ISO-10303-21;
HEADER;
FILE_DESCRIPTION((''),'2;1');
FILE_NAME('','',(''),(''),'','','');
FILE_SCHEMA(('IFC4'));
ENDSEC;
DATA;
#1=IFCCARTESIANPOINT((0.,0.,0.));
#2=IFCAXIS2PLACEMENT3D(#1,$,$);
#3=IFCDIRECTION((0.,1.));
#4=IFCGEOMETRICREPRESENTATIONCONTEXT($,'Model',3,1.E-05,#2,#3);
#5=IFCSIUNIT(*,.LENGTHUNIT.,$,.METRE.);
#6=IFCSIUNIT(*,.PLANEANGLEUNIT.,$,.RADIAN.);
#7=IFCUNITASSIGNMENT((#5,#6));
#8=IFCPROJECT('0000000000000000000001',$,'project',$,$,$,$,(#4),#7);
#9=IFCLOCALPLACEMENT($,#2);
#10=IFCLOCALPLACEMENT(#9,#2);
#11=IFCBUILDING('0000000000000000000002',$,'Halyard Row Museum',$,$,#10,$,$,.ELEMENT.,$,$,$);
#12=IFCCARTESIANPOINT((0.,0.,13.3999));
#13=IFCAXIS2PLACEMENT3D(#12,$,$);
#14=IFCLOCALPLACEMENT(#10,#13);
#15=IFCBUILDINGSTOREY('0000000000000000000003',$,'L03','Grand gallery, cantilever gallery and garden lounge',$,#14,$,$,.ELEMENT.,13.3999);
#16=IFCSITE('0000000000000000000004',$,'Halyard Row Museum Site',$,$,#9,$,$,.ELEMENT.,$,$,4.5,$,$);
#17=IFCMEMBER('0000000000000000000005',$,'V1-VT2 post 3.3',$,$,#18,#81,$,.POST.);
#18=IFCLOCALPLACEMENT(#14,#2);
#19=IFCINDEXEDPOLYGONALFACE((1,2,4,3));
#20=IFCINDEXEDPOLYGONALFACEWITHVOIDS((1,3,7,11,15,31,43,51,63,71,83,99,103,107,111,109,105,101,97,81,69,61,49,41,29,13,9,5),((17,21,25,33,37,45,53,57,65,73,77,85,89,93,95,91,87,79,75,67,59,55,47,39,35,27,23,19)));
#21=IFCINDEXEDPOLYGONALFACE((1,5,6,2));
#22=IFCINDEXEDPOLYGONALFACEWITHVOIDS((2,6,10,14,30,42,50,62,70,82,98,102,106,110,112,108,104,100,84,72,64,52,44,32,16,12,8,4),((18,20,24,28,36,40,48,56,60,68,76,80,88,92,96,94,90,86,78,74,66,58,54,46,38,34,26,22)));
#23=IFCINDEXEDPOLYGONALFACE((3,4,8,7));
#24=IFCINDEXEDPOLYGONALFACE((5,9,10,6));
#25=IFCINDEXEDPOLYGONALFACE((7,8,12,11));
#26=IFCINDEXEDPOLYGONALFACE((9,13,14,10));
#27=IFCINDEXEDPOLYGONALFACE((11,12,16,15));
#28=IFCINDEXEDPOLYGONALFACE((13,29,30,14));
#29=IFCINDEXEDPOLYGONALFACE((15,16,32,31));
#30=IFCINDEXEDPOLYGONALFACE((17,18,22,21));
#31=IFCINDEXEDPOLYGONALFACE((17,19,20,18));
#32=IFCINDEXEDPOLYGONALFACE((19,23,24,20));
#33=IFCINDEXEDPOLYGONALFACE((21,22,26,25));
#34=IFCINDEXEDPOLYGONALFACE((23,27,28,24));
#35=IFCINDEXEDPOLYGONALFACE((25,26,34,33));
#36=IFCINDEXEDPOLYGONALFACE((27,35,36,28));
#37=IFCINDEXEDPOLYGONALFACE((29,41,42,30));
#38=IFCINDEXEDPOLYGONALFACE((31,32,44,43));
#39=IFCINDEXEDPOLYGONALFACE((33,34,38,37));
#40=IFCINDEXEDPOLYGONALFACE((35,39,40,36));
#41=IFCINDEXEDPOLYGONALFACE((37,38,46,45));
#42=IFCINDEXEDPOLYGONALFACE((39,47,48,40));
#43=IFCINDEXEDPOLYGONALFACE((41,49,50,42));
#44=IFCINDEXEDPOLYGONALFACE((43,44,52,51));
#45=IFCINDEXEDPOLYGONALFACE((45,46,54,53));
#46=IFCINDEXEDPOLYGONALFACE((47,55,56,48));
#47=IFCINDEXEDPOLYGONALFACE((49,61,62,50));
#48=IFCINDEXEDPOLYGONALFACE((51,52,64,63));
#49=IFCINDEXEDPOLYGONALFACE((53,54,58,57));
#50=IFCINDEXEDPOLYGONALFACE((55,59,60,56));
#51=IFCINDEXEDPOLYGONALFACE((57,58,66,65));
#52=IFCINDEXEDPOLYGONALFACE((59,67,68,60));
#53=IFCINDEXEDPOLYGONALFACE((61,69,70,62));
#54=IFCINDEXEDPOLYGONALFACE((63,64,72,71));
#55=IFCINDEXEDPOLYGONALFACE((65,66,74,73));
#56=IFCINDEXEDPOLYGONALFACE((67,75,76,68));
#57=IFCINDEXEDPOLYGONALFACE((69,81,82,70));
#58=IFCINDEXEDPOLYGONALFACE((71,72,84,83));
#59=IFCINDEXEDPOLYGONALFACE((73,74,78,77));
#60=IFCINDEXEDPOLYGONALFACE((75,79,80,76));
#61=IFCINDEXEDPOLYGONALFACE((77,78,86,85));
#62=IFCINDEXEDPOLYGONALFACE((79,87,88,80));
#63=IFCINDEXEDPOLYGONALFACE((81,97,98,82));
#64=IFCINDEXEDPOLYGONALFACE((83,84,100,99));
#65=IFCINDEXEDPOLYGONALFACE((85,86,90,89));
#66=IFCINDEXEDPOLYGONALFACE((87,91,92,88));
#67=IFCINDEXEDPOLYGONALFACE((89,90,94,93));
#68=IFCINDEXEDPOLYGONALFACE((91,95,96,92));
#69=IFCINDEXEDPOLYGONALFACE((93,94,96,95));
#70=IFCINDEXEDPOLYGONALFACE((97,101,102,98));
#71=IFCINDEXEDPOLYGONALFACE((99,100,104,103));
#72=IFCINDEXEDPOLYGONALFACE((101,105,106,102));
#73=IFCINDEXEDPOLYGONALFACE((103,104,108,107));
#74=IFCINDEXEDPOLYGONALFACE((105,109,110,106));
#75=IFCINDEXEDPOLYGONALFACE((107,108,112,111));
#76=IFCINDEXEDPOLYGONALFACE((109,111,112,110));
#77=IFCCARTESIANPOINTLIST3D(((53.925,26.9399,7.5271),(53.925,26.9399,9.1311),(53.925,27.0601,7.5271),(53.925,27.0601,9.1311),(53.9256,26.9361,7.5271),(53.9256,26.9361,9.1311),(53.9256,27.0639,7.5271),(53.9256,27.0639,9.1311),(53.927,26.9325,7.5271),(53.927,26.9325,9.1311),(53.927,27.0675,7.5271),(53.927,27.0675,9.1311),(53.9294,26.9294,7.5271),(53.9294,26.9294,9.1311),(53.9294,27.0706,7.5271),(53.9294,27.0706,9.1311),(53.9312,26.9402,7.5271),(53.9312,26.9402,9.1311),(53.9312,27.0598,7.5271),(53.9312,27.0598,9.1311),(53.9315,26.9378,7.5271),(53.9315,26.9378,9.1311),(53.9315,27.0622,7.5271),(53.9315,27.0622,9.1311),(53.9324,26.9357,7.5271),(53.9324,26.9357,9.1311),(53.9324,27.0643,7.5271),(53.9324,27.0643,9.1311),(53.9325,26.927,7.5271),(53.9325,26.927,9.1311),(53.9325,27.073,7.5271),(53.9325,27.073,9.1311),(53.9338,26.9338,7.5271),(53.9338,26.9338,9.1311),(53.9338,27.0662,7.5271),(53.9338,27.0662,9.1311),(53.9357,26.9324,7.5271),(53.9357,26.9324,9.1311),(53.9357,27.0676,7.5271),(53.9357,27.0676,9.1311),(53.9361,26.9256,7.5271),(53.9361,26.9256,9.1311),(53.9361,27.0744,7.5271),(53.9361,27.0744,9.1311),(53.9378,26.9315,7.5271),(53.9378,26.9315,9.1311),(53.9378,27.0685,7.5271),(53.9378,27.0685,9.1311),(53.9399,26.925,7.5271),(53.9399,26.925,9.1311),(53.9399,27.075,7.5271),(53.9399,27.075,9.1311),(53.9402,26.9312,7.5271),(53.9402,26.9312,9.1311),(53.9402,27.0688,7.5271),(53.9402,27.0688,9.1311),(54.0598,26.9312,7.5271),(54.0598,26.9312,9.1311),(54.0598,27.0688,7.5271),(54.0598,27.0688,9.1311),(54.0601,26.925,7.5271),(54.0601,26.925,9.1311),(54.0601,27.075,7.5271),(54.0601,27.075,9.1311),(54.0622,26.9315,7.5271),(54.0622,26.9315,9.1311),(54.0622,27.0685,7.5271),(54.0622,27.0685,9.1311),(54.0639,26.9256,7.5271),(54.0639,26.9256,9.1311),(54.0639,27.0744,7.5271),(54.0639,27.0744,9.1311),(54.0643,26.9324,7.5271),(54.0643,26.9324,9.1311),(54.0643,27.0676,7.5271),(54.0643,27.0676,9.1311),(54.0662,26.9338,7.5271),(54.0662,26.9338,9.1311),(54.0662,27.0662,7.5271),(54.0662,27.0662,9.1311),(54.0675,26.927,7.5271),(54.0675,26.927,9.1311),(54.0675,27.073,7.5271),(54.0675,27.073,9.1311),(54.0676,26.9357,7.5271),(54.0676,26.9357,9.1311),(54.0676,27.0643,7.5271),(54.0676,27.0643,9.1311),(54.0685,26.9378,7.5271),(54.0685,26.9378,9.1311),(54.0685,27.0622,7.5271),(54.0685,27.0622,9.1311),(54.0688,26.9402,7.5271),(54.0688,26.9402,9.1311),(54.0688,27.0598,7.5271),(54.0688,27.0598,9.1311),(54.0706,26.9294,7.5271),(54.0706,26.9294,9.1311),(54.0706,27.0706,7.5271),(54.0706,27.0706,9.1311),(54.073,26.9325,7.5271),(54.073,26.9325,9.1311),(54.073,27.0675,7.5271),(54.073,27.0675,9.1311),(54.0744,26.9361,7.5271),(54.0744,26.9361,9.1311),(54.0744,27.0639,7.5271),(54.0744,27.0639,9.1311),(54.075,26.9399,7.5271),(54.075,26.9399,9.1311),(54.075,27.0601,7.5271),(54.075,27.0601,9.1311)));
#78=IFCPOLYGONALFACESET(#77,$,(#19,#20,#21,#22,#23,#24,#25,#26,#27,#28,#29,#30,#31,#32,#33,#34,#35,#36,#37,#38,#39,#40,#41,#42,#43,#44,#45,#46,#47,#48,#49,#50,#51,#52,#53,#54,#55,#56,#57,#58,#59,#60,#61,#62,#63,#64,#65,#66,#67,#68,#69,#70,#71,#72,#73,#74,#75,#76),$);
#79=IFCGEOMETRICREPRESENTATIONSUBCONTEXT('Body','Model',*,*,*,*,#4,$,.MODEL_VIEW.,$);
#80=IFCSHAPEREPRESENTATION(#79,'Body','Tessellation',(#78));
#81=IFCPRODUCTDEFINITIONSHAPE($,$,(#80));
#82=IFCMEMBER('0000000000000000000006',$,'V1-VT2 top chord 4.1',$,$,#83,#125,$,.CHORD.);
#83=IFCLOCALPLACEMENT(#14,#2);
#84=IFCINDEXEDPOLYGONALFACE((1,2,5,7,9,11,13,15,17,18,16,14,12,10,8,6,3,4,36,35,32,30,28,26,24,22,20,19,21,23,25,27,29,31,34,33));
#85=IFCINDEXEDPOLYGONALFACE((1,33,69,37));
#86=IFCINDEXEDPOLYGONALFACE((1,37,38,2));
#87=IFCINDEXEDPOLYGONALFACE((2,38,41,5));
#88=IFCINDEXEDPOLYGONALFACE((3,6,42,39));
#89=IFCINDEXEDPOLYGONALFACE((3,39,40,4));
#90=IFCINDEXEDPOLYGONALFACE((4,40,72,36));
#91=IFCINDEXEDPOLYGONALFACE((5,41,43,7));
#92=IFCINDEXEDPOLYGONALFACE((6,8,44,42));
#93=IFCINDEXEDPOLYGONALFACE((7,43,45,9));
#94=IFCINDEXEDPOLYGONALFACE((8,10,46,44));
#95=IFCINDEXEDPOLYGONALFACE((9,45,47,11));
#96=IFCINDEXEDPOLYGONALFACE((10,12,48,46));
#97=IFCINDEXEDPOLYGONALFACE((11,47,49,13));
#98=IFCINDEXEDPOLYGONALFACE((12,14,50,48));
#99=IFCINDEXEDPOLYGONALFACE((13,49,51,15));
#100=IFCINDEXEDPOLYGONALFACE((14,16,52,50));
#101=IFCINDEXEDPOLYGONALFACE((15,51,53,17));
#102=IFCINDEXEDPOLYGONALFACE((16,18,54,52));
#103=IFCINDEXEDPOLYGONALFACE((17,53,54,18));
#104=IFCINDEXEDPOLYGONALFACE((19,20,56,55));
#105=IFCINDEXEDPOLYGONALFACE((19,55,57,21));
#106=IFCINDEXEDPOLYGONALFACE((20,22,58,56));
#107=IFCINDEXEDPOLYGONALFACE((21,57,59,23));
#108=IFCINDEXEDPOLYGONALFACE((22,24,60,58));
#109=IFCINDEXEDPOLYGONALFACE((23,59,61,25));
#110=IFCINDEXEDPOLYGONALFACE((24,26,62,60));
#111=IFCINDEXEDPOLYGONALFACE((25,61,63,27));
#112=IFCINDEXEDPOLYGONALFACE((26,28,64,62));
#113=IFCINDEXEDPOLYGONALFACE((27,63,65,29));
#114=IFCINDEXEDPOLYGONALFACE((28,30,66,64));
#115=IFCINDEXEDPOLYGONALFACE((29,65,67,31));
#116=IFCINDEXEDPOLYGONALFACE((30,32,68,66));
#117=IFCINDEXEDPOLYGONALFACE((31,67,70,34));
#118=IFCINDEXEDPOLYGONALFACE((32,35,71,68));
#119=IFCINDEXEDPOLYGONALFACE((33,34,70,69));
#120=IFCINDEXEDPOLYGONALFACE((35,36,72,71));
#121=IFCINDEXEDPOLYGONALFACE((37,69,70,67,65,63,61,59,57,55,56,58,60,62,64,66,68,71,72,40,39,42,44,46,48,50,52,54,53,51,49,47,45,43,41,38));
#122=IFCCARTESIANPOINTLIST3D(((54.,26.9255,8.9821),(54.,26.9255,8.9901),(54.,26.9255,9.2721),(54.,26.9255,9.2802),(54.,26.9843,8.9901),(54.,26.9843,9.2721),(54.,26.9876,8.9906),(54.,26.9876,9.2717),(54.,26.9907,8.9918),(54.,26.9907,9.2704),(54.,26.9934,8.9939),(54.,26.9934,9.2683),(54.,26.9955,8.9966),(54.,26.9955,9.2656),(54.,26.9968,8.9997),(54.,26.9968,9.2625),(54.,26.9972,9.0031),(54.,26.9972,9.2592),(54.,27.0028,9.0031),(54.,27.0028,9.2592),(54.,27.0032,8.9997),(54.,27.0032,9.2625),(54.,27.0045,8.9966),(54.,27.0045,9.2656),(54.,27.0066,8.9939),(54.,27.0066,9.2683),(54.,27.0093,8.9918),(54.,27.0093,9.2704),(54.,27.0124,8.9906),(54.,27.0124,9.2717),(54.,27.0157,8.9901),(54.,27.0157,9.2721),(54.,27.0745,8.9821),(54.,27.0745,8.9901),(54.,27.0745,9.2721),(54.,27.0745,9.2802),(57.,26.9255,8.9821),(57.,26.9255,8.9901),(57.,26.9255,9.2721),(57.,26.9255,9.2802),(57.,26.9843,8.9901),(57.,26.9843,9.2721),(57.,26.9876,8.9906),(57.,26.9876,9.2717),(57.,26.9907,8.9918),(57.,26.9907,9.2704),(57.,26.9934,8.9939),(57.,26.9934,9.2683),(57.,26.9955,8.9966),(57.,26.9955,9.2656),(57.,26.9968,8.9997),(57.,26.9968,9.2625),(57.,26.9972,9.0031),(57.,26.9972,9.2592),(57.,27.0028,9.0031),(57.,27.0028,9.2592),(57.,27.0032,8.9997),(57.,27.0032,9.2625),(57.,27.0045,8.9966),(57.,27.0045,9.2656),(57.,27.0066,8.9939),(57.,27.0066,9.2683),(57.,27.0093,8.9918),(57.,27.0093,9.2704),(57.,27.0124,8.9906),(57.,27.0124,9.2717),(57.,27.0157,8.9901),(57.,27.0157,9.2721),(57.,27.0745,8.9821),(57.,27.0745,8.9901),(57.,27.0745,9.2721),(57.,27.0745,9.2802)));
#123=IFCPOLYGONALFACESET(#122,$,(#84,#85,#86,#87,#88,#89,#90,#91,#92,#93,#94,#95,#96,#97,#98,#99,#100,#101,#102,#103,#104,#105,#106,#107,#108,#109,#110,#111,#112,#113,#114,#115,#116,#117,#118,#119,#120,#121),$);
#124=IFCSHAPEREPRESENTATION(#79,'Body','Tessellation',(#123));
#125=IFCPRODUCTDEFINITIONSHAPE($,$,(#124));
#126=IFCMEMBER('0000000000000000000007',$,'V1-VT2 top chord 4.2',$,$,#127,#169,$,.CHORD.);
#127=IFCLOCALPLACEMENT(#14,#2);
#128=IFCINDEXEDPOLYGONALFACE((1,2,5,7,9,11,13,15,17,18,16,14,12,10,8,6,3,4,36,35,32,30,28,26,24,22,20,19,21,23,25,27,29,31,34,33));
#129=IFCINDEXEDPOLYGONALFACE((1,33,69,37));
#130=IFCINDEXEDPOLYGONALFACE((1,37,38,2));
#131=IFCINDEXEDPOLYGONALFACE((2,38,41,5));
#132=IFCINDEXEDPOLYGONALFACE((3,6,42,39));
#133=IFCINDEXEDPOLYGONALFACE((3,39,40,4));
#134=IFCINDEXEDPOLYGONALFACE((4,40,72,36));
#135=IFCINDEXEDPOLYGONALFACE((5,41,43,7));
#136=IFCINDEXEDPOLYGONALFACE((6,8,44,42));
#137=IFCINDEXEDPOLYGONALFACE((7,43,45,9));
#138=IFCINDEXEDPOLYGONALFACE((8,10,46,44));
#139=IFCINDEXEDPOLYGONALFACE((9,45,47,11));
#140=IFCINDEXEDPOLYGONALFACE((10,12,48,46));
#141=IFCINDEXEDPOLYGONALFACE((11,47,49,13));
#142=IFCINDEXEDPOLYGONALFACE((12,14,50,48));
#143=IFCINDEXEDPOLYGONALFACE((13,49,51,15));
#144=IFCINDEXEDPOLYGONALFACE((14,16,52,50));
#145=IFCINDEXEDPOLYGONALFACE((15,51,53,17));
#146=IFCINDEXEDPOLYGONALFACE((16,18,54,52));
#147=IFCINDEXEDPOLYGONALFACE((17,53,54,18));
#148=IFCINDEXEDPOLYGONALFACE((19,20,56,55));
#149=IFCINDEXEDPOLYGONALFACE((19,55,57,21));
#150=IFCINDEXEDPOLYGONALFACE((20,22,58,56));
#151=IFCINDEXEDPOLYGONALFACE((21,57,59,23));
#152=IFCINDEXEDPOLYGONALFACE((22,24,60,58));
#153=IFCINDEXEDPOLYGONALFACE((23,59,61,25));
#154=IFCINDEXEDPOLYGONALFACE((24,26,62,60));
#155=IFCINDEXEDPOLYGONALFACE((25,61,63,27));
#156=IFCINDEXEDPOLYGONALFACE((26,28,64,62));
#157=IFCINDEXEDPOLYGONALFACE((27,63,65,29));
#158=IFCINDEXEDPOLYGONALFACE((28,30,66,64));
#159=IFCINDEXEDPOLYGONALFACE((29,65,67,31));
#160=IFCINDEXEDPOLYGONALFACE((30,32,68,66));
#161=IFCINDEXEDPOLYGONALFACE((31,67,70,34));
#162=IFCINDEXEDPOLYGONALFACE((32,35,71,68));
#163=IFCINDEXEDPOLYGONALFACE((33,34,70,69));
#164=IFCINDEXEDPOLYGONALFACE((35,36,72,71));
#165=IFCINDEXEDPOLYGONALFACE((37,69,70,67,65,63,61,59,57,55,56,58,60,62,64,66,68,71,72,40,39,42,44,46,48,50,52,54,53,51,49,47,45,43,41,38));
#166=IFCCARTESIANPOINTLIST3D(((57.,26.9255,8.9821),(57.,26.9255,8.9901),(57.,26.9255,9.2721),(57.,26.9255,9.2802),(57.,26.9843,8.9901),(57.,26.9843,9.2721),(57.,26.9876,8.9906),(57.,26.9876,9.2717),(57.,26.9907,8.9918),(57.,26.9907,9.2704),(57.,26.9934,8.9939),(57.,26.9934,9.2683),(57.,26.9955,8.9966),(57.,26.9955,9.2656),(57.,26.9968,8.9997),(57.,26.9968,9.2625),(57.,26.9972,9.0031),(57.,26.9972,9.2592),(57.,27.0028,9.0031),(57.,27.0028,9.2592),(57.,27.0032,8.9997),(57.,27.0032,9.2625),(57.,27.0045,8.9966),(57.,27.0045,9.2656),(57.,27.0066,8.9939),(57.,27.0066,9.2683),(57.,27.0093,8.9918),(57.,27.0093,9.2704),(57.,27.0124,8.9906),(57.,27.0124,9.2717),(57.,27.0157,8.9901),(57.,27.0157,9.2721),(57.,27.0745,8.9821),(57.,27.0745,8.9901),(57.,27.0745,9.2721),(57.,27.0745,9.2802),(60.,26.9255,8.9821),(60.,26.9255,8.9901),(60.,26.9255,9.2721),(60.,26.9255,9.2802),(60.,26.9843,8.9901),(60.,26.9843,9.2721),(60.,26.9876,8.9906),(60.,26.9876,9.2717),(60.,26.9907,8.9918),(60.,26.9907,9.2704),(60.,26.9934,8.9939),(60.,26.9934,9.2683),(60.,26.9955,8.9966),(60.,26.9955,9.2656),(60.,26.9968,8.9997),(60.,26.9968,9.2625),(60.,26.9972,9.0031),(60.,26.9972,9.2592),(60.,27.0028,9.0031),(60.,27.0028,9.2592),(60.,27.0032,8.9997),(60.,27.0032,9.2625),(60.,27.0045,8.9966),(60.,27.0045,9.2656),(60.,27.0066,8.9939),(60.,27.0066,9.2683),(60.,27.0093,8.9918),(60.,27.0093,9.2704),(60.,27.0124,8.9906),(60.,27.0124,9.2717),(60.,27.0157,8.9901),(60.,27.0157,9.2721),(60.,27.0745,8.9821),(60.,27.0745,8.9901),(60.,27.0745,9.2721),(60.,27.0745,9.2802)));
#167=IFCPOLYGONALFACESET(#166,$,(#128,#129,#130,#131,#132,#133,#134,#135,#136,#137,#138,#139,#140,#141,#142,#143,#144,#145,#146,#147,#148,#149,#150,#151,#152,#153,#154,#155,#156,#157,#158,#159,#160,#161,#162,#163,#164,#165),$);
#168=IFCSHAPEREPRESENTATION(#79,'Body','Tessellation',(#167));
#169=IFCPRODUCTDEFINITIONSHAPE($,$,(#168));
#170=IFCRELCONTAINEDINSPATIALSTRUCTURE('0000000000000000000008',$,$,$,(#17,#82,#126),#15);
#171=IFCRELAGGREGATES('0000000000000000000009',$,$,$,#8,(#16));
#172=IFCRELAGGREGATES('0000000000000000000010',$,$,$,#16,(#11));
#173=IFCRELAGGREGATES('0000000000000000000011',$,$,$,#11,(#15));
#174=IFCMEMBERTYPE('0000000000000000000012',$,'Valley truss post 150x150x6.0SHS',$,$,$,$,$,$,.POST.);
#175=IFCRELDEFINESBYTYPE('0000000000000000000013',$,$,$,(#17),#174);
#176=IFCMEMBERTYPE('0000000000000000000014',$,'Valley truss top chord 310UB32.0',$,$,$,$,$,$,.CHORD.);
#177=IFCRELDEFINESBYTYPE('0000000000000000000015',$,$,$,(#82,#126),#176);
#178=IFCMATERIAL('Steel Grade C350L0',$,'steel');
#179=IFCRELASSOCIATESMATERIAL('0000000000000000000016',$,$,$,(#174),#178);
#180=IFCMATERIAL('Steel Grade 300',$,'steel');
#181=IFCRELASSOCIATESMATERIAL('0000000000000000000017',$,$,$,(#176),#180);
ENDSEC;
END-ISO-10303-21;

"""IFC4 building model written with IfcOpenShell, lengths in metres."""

from ifc_helpers import new_model, si_unit, direction, frame, origin, origin_2d, place, context, subcontext, project, spatial, hollow_rectangle, i_section, extrude, material, material_profile, profile_set, type_object, element, save


model = new_model("IFC4")

# Units and contexts
model_context = context("Model", 3, precision=1e-05, world=origin(), true_north=direction((0.0, 1.0)))
body_context = subcontext(model_context, "Body", "Model", "MODEL_VIEW")
ifc_project = project(units=[si_unit("LENGTHUNIT", "METRE"), si_unit("PLANEANGLEUNIT", "RADIAN")], contexts=[model_context])

# Site, building, storey
site_placement = place(None, origin())
site = spatial("IfcSite", under=ifc_project, at=site_placement, Name="Halyard Row Museum Site", CompositionType="ELEMENT", RefElevation=4.5)
building_placement = place(site_placement, origin())
building = spatial("IfcBuilding", under=site, at=building_placement, Name="Halyard Row Museum", CompositionType="ELEMENT")
storey_placement = place(building_placement, frame((0.0, 0.0, 13.3999)))
storey = spatial("IfcBuildingStorey", under=building, at=storey_placement, Name="L03", Description="Grand gallery, cantilever gallery and garden lounge", CompositionType="ELEMENT", Elevation=13.3999)

# Members
ifc_material_1 = material(Name="Steel Grade C350L0", Category="steel")
ifc_material_profile_1 = material_profile(ifc_material_1, hollow_rectangle(XDim=0.1499, YDim=0.1499, WallThickness=0.0061, InnerFilletRadius=0.009, OuterFilletRadius=0.0149, at=origin_2d()), Name="150x150x6.0SHS")
ifc_profile_set_1 = profile_set([ifc_material_profile_1], Name="Steel Grade C350L0")
member_type_1 = type_object("IfcMemberType", Name="Valley truss post 150x150x6.0SHS", PredefinedType="POST", material=ifc_profile_set_1)
member_1_placement = place(storey_placement, frame((54.0, 27.0, 7.5271), z_axis=(0.0, 0.0, 1.0), x_axis=(1.0, 0.0, 0.0)))
element("IfcMember", 1, at=member_1_placement, inside=storey, type_object=member_type_1, Name="V1-VT2 post 3.3", PredefinedType="POST", context=body_context, shape_type="SweptSolid", body=[
    extrude(hollow_rectangle(XDim=0.1499, YDim=0.1499, WallThickness=0.0061, InnerFilletRadius=0.009, OuterFilletRadius=0.0149, at=origin_2d()), origin(), (0.0, 0.0, 1.0), 1.604),
])
ifc_material_2 = material(Name="Steel Grade 300", Category="steel")
ifc_material_profile_2 = material_profile(ifc_material_2, i_section(OverallWidth=0.1489, OverallDepth=0.2981, WebThickness=0.0056, FlangeThickness=0.0081, FilletRadius=0.0129, at=origin_2d()), Name="310UB32.0")
ifc_profile_set_2 = profile_set([ifc_material_profile_2], Name="Steel Grade 300")
member_type_2 = type_object("IfcMemberType", Name="Valley truss top chord 310UB32.0", PredefinedType="CHORD", material=ifc_profile_set_2)
for number, where, z_axis, x_axis, name in (
    (2, (54.0, 27.0, 9.1311), (1.0, 0.0, 0.0), (0.0, 1.0, 0.0), "V1-VT2 top chord 4.1"),
    (3, (57.0, 27.0, 9.1311), (1.0, 0.0, 0.0), (0.0, 1.0, 0.0), "V1-VT2 top chord 4.2"),
):
    element("IfcMember", number, at=place(storey_placement, frame(where, z_axis=z_axis, x_axis=x_axis)), inside=storey, type_object=member_type_2, Name=name, PredefinedType="CHORD", context=body_context, shape_type="SweptSolid", body=[
        extrude(i_section(OverallWidth=0.1489, OverallDepth=0.2981, WebThickness=0.0056, FlangeThickness=0.0081, FilletRadius=0.0129, at=origin_2d()), origin(), (0.0, 0.0, 1.0), 3.0),
    ])

save(model, "model.ifc")
